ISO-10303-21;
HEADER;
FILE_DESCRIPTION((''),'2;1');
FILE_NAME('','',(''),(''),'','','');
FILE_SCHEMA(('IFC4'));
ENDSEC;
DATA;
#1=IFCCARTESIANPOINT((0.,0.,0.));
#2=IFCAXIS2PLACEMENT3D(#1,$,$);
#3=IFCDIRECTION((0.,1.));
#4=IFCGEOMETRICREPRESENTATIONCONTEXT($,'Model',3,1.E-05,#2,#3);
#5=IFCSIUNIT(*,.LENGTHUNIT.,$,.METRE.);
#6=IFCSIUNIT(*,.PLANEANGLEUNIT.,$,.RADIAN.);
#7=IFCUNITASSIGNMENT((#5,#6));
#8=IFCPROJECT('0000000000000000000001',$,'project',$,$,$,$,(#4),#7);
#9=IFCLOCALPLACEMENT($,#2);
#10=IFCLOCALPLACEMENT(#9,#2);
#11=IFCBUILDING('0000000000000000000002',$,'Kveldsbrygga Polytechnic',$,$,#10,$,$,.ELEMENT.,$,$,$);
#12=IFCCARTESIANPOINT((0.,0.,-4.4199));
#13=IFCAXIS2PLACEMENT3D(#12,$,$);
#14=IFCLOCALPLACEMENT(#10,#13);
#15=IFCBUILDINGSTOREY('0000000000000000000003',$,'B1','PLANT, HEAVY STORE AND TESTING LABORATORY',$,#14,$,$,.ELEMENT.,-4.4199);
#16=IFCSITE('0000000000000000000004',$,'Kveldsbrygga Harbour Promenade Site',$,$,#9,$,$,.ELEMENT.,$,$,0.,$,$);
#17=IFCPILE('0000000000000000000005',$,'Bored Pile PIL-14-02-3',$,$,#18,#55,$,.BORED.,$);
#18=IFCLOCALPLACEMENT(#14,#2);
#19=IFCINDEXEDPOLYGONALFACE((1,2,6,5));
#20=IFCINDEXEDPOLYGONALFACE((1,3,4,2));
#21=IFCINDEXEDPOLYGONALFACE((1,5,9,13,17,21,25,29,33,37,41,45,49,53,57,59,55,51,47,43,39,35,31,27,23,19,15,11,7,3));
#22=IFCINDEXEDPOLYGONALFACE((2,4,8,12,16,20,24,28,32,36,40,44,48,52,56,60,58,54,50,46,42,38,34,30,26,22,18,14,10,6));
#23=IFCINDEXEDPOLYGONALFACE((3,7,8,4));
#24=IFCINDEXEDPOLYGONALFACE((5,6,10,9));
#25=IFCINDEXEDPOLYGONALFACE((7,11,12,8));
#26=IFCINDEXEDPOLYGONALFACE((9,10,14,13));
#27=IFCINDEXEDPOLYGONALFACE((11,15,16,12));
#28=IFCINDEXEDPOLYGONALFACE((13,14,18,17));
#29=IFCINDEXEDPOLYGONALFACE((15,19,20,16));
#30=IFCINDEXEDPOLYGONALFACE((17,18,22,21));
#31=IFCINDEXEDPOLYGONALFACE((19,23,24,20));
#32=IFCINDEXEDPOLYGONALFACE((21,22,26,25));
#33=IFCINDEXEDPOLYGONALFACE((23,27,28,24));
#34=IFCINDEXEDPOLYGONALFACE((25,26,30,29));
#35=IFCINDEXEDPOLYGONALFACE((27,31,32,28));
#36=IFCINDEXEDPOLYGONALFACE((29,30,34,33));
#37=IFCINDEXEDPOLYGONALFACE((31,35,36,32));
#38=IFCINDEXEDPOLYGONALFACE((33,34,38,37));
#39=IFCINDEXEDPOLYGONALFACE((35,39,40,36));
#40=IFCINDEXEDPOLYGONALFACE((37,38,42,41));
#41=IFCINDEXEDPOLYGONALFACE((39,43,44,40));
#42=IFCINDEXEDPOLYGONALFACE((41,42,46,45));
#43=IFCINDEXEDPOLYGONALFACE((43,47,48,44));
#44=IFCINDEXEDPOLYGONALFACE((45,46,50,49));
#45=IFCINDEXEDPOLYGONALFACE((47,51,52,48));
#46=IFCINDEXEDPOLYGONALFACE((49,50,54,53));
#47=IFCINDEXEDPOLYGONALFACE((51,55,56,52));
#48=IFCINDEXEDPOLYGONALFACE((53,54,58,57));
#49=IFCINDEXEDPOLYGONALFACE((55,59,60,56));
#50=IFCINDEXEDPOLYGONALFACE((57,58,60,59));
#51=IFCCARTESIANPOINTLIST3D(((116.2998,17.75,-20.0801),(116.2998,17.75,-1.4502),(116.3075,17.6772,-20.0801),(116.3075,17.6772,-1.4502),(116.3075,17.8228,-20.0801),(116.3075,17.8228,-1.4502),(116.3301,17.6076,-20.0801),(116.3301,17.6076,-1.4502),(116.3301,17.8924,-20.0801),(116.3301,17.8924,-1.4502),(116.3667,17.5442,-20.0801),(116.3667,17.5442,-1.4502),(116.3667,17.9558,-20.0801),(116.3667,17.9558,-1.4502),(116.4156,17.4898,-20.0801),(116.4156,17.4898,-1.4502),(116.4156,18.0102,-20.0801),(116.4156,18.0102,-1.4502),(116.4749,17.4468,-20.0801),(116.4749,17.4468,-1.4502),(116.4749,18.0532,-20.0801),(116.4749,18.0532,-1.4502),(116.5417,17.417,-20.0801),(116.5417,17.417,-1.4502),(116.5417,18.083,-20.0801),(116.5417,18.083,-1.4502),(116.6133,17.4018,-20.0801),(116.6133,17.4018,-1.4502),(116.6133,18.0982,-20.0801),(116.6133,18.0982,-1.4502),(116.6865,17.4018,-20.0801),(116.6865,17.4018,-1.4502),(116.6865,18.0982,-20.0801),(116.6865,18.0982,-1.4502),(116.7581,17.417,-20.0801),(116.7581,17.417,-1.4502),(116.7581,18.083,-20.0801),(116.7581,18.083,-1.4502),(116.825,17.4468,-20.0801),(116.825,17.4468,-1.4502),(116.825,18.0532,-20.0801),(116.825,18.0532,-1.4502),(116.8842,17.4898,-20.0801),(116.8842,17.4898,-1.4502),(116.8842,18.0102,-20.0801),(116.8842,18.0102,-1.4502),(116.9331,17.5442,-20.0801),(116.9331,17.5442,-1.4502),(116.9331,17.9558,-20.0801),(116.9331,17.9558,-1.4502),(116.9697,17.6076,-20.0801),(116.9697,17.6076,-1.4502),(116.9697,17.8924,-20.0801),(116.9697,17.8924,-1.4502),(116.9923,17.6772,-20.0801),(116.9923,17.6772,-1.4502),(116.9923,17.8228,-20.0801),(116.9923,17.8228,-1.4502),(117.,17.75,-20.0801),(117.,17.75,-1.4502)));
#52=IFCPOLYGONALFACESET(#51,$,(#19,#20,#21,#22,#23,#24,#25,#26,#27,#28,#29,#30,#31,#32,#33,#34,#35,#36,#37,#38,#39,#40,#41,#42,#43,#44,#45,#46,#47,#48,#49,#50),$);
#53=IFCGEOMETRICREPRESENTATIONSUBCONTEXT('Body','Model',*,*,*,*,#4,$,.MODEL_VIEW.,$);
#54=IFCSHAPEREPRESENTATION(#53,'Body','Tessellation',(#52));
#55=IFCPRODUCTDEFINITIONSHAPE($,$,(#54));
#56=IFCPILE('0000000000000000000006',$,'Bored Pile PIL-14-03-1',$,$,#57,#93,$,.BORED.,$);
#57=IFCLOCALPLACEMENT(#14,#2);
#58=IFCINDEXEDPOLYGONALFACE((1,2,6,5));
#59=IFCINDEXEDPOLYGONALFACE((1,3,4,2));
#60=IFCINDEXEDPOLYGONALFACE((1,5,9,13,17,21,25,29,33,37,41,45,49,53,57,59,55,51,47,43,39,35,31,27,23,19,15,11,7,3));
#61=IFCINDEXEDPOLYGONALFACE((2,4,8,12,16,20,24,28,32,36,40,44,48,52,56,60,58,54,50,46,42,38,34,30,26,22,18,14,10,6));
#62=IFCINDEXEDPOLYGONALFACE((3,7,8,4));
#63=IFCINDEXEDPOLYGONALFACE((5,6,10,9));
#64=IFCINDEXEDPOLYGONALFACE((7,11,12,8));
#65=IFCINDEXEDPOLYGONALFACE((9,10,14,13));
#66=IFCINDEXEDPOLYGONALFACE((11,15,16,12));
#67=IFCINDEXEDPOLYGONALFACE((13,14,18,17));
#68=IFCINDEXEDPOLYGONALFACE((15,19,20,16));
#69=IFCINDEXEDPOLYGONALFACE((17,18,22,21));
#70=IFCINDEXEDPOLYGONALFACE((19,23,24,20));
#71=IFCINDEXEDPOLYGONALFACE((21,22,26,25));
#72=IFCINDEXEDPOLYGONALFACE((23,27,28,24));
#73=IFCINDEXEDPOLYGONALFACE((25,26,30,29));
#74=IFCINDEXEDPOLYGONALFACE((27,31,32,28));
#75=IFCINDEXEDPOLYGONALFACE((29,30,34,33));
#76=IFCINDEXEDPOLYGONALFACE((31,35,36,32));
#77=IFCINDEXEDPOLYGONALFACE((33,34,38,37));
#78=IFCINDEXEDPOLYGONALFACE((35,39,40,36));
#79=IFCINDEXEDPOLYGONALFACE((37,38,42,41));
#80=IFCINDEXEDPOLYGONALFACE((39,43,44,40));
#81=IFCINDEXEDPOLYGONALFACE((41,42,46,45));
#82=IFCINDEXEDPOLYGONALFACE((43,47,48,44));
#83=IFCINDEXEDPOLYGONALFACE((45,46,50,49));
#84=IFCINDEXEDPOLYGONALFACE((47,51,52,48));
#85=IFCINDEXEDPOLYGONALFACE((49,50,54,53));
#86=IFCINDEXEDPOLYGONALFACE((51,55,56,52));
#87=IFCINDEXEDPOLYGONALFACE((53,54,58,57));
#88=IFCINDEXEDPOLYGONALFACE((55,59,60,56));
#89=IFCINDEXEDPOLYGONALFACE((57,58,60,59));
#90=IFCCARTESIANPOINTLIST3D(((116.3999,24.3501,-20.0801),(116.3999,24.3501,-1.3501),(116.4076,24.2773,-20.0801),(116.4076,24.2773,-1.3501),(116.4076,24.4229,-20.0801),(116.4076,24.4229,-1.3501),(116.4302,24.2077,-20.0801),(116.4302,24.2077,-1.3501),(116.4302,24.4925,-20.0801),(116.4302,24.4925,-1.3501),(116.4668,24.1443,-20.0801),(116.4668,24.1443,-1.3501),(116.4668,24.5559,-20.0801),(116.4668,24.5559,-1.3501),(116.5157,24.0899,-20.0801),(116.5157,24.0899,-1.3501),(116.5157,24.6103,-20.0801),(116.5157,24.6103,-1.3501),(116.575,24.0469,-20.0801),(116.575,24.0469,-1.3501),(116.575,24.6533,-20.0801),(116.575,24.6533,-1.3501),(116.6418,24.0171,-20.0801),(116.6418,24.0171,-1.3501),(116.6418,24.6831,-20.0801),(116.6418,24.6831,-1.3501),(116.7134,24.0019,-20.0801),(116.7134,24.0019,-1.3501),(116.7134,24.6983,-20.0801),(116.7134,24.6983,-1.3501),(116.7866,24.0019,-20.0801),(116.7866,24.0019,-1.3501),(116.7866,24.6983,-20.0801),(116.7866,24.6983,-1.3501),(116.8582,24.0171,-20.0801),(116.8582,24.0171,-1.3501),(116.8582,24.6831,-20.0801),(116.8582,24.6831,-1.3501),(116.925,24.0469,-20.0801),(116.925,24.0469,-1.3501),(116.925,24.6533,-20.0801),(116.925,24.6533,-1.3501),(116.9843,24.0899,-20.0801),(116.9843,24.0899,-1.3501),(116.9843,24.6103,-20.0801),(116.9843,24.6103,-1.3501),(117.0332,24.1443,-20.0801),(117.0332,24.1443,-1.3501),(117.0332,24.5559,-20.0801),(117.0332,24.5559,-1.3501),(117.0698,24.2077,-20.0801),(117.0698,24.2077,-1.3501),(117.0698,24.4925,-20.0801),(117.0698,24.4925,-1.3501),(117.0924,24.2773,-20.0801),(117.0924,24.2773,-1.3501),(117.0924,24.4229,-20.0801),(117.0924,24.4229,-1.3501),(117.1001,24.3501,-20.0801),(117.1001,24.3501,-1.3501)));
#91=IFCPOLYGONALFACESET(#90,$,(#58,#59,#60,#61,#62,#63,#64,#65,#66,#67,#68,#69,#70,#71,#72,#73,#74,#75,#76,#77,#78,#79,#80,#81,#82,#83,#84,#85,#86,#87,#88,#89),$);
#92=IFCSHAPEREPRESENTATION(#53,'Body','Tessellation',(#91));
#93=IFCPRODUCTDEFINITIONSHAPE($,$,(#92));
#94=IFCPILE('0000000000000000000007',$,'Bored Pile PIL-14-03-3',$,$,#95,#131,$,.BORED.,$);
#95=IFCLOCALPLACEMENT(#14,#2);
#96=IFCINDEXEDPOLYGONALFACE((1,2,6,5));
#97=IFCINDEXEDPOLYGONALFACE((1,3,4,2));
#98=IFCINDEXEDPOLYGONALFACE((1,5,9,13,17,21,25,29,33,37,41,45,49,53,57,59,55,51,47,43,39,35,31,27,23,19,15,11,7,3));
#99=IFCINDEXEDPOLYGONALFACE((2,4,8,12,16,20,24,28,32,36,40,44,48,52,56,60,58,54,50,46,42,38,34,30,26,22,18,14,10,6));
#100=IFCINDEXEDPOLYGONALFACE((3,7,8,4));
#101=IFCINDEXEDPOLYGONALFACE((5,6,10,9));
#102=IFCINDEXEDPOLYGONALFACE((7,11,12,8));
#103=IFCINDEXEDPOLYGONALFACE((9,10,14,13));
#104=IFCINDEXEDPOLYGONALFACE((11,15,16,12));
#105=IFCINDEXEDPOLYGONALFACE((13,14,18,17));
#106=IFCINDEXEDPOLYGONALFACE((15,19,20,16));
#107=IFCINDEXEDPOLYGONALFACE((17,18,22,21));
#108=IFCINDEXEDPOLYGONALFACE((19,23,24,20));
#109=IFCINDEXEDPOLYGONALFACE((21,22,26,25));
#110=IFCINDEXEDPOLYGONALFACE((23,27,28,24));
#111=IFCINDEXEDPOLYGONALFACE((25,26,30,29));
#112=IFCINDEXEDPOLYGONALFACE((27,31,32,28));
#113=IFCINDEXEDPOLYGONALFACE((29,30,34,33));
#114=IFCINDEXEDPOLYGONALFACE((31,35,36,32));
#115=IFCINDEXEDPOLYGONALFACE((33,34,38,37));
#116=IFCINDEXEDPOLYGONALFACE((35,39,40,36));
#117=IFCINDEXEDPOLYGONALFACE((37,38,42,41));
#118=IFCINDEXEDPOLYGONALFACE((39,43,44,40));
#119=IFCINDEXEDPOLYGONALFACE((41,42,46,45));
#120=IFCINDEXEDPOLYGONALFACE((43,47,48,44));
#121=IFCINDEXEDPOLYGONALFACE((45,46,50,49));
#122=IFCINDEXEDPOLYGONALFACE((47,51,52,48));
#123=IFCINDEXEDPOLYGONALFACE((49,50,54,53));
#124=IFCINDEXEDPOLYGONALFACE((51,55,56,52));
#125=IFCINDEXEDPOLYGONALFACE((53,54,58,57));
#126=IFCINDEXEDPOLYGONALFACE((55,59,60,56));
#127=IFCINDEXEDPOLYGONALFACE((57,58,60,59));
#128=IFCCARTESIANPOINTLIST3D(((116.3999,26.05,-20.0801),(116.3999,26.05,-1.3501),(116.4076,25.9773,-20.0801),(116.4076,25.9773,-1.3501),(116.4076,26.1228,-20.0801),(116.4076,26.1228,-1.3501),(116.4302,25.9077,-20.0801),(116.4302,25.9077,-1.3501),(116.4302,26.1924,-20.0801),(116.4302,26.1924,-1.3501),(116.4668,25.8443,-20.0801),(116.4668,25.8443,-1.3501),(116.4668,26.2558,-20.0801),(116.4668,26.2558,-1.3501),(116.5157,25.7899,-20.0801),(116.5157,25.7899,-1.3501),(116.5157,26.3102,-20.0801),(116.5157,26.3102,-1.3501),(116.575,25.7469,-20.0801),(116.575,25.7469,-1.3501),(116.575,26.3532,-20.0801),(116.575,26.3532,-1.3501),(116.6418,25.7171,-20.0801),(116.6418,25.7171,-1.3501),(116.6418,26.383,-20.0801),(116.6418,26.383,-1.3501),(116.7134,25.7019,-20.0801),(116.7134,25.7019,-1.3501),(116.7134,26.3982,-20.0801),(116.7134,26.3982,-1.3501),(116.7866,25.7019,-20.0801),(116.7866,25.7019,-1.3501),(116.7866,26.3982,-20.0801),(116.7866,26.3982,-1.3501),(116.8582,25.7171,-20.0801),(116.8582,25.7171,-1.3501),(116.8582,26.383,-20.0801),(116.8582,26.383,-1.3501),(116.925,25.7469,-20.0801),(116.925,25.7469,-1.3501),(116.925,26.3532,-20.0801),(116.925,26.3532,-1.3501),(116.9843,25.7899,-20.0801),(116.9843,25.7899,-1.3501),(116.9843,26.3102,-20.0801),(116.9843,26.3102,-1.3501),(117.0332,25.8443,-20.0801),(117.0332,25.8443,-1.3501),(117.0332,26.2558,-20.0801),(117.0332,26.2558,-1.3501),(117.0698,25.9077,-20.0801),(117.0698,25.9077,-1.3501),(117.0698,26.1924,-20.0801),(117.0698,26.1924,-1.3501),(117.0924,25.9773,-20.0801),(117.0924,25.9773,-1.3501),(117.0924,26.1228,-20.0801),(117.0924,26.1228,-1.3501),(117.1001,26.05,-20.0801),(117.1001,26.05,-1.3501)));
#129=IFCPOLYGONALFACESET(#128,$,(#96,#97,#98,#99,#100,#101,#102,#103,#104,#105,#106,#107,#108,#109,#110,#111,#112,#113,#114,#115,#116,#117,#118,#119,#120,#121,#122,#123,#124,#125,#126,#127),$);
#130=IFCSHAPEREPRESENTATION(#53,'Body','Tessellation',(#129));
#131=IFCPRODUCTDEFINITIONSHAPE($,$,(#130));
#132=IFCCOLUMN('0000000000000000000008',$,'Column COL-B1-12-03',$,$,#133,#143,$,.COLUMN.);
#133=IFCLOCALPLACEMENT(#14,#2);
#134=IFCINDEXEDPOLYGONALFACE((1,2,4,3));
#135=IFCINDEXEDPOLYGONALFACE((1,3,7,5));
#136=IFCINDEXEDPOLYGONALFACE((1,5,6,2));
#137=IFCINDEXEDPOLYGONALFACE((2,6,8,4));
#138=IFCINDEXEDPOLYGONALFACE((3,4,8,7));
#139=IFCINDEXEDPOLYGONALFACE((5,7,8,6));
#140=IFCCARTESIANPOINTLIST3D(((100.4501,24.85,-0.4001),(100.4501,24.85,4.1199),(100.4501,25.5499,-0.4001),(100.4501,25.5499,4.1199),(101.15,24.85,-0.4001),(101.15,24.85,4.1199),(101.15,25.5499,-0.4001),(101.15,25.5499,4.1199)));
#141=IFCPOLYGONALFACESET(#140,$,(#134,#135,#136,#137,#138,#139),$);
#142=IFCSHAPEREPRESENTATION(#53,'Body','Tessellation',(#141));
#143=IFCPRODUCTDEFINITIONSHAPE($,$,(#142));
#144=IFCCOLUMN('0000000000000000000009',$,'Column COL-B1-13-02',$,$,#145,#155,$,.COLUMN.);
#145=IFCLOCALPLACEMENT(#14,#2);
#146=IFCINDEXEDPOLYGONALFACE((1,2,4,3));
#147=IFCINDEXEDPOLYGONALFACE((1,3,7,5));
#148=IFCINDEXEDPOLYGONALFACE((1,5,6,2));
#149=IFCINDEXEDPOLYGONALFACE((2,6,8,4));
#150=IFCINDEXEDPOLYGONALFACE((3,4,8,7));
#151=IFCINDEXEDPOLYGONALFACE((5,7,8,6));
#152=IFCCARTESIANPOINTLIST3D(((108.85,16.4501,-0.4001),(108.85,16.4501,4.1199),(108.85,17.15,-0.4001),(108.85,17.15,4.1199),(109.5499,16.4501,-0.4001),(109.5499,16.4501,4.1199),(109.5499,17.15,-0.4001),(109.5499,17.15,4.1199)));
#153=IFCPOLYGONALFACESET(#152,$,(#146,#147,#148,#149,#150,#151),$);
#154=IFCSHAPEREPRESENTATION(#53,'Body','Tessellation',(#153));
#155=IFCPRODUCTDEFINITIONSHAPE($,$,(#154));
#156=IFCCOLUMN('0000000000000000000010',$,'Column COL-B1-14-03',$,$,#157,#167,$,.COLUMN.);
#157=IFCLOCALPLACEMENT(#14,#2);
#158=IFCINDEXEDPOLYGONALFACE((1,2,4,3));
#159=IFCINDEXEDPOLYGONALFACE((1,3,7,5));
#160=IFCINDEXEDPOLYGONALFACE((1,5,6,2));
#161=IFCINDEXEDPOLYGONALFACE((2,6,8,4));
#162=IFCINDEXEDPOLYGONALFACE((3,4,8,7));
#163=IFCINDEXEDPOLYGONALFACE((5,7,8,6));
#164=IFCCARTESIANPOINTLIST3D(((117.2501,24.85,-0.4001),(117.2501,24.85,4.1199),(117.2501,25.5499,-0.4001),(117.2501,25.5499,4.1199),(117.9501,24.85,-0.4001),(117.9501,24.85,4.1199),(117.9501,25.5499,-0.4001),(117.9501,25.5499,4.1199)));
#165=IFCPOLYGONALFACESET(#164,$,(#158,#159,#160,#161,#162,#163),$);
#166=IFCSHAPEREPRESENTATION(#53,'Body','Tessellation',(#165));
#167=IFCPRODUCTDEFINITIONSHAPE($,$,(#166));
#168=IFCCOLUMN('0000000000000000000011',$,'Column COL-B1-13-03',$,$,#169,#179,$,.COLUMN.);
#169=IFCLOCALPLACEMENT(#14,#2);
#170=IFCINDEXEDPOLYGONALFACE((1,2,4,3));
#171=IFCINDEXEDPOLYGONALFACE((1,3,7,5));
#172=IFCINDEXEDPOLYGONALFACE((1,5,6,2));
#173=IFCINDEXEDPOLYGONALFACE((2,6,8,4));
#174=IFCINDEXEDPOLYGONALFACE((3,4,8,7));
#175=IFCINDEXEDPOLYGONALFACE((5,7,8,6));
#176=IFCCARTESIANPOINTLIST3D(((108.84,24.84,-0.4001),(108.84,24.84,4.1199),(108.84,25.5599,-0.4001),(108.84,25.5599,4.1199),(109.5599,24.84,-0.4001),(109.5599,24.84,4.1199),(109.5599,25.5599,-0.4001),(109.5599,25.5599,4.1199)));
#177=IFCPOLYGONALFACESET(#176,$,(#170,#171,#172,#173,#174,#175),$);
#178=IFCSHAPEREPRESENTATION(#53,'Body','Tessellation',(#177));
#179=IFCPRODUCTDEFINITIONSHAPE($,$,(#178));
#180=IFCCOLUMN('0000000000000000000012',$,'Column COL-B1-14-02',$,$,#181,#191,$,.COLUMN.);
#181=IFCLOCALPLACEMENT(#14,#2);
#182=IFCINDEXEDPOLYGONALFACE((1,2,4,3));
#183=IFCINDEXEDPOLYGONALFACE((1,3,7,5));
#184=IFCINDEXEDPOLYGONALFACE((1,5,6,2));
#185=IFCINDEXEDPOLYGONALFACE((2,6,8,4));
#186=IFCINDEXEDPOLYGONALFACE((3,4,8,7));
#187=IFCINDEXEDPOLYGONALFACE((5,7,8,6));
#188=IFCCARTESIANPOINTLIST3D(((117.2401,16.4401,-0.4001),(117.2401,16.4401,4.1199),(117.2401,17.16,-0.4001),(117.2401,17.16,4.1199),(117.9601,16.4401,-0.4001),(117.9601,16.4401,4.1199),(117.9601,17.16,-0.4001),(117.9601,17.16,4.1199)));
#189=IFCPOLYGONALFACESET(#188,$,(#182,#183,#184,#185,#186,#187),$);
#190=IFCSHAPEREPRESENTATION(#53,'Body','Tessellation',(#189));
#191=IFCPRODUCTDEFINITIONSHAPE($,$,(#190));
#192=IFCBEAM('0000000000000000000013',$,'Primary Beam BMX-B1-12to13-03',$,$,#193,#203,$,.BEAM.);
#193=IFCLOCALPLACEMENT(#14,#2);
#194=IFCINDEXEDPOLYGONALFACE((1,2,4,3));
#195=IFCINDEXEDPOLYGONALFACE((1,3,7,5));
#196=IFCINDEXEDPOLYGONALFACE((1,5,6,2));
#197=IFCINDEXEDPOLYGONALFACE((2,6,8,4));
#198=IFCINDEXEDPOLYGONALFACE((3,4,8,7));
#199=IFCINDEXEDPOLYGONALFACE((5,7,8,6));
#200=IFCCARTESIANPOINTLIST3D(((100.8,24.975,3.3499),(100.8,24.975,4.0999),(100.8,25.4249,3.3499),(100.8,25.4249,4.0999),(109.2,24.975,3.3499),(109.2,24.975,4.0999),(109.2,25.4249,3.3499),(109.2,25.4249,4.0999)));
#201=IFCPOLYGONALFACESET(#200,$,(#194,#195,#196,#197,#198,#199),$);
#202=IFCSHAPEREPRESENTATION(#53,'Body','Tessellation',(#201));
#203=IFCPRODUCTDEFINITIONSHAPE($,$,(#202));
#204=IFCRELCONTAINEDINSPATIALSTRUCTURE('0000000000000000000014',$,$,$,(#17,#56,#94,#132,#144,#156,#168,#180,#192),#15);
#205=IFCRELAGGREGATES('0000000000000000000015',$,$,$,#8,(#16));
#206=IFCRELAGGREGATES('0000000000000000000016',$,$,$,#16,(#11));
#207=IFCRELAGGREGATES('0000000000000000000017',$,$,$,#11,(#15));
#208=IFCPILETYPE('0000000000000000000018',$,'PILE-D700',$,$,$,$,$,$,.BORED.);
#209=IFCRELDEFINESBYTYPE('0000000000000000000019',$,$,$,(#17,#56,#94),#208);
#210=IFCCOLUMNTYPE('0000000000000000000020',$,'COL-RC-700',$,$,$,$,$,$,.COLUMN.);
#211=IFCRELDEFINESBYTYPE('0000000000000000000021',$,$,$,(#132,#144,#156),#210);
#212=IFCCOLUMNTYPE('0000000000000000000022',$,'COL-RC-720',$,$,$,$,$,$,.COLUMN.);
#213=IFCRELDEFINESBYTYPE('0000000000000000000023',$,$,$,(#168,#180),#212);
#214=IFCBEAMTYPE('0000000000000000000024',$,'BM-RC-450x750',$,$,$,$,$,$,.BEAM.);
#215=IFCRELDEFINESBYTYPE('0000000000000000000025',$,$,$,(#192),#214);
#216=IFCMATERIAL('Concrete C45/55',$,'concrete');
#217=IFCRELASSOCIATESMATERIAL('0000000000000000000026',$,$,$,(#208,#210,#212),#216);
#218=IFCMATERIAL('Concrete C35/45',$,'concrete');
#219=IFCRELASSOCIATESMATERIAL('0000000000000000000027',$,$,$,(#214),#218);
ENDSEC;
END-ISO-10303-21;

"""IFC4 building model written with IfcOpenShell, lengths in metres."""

from ifc_helpers import new_model, si_unit, direction, frame, origin, origin_2d, place, context, subcontext, project, spatial, rectangle, circle, extrude, material, material_profile, profile_set, type_object, element, save


model = new_model("IFC4")

# Units and contexts
model_context = context("Model", 3, precision=1e-05, world=origin(), true_north=direction((0.0, 1.0)))
body_context = subcontext(model_context, "Body", "Model", "MODEL_VIEW")
ifc_project = project(units=[si_unit("LENGTHUNIT", "METRE"), si_unit("PLANEANGLEUNIT", "RADIAN")], contexts=[model_context])

# Site, building, storey
site_placement = place(None, origin())
site = spatial("IfcSite", under=ifc_project, at=site_placement, Name="Kveldsbrygga Harbour Promenade Site", CompositionType="ELEMENT", RefElevation=0.0)
building_placement = place(site_placement, origin())
building = spatial("IfcBuilding", under=site, at=building_placement, Name="Kveldsbrygga Polytechnic", CompositionType="ELEMENT")
storey_placement = place(building_placement, frame((0.0, 0.0, -4.4199)))
storey = spatial("IfcBuildingStorey", under=building, at=storey_placement, Name="B1", Description="PLANT, HEAVY STORE AND TESTING LABORATORY", CompositionType="ELEMENT", Elevation=-4.4199)

# Shared definitions
ifc_material_1 = material(Name="Concrete C45/55", Category="concrete")

# Piles
ifc_material_profile_1 = material_profile(ifc_material_1, circle(Radius=0.3501, at=origin_2d()), Name="PILE D700")
ifc_profile_set_1 = profile_set([ifc_material_profile_1], Name="Concrete C45/55")
pile_type = type_object("IfcPileType", Name="PILE-D700", PredefinedType="BORED", material=ifc_profile_set_1)
for number, where, z_axis, x_axis, name in (
    (1, (116.6499, 17.75, -1.4502), (0.0, 0.0, -1.0), (1.0, 0.0, 0.0), "Bored Pile PIL-14-02-3"),
):
    element("IfcPile", number, at=place(storey_placement, frame(where, z_axis=z_axis, x_axis=x_axis)), inside=storey, type_object=pile_type, Name=name, PredefinedType="BORED", context=body_context, shape_type="SweptSolid", body=[
        extrude(circle(Radius=0.3501, at=origin_2d()), origin(), (0.0, 0.0, 1.0), 18.6299),
    ])
for number, where, z_axis, x_axis, name in (
    (2, (116.75, 24.3501, -1.3501), (0.0, 0.0, -1.0), (1.0, 0.0, 0.0), "Bored Pile PIL-14-03-1"),
    (3, (116.75, 26.05, -1.3501), (0.0, 0.0, -1.0), (1.0, 0.0, 0.0), "Bored Pile PIL-14-03-3"),
):
    element("IfcPile", number, at=place(storey_placement, frame(where, z_axis=z_axis, x_axis=x_axis)), inside=storey, type_object=pile_type, Name=name, PredefinedType="BORED", context=body_context, shape_type="SweptSolid", body=[
        extrude(circle(Radius=0.3501, at=origin_2d()), origin(), (0.0, 0.0, 1.0), 18.73),
    ])

# Columns
ifc_material_profile_2 = material_profile(ifc_material_1, rectangle(XDim=0.7, YDim=0.7, at=origin_2d()), Name="RC 700x700")
ifc_profile_set_2 = profile_set([ifc_material_profile_2], Name="Concrete C45/55")
column_type_1 = type_object("IfcColumnType", Name="COL-RC-700", PredefinedType="COLUMN", material=ifc_profile_set_2)
for number, where, z_axis, x_axis, name in (
    (4, (100.8, 25.2, -0.4001), (0.0, 0.0, 1.0), (1.0, 0.0, 0.0), "Column COL-B1-12-03"),
    (5, (109.2, 16.8, -0.4001), (0.0, 0.0, 1.0), (1.0, 0.0, 0.0), "Column COL-B1-13-02"),
    (6, (117.6001, 25.2, -0.4001), (0.0, 0.0, 1.0), (1.0, 0.0, 0.0), "Column COL-B1-14-03"),
):
    element("IfcColumn", number, at=place(storey_placement, frame(where, z_axis=z_axis, x_axis=x_axis)), inside=storey, type_object=column_type_1, Name=name, PredefinedType="COLUMN", context=body_context, shape_type="SweptSolid", body=[
        extrude(rectangle(XDim=0.7, YDim=0.7, at=origin_2d()), origin(), (0.0, 0.0, 1.0), 4.52),
    ])
ifc_material_profile_3 = material_profile(ifc_material_1, rectangle(XDim=0.72, YDim=0.72, at=origin_2d()), Name="RC 720x720")
ifc_profile_set_3 = profile_set([ifc_material_profile_3], Name="Concrete C45/55")
column_type_2 = type_object("IfcColumnType", Name="COL-RC-720", PredefinedType="COLUMN", material=ifc_profile_set_3)
for number, where, z_axis, x_axis, name in (
    (7, (109.2, 25.2, -0.4001), (0.0, 0.0, 1.0), (1.0, 0.0, 0.0), "Column COL-B1-13-03"),
    (8, (117.6001, 16.8, -0.4001), (0.0, 0.0, 1.0), (1.0, 0.0, 0.0), "Column COL-B1-14-02"),
):
    element("IfcColumn", number, at=place(storey_placement, frame(where, z_axis=z_axis, x_axis=x_axis)), inside=storey, type_object=column_type_2, Name=name, PredefinedType="COLUMN", context=body_context, shape_type="SweptSolid", body=[
        extrude(rectangle(XDim=0.72, YDim=0.72, at=origin_2d()), origin(), (0.0, 0.0, 1.0), 4.52),
    ])

# Beam
ifc_material_2 = material(Name="Concrete C35/45", Category="concrete")
ifc_material_profile_4 = material_profile(ifc_material_2, rectangle(XDim=0.45, YDim=0.75, at=origin_2d()), Name="RC 450x750")
ifc_profile_set_4 = profile_set([ifc_material_profile_4], Name="Concrete C35/45")
beam_type_1 = type_object("IfcBeamType", Name="BM-RC-450x750", PredefinedType="BEAM", material=ifc_profile_set_4)
beam_1_placement = place(storey_placement, frame((100.8, 25.2, 3.7249), z_axis=(1.0, 0.0, 0.0), x_axis=(0.0, 1.0, 0.0)))
element("IfcBeam", 9, at=beam_1_placement, inside=storey, type_object=beam_type_1, Name="Primary Beam BMX-B1-12to13-03", PredefinedType="BEAM", context=body_context, shape_type="SweptSolid", body=[
    extrude(rectangle(XDim=0.45, YDim=0.75, at=origin_2d()), origin(), (0.0, 0.0, 1.0), 8.3999),
])

save(model, "model.ifc")
